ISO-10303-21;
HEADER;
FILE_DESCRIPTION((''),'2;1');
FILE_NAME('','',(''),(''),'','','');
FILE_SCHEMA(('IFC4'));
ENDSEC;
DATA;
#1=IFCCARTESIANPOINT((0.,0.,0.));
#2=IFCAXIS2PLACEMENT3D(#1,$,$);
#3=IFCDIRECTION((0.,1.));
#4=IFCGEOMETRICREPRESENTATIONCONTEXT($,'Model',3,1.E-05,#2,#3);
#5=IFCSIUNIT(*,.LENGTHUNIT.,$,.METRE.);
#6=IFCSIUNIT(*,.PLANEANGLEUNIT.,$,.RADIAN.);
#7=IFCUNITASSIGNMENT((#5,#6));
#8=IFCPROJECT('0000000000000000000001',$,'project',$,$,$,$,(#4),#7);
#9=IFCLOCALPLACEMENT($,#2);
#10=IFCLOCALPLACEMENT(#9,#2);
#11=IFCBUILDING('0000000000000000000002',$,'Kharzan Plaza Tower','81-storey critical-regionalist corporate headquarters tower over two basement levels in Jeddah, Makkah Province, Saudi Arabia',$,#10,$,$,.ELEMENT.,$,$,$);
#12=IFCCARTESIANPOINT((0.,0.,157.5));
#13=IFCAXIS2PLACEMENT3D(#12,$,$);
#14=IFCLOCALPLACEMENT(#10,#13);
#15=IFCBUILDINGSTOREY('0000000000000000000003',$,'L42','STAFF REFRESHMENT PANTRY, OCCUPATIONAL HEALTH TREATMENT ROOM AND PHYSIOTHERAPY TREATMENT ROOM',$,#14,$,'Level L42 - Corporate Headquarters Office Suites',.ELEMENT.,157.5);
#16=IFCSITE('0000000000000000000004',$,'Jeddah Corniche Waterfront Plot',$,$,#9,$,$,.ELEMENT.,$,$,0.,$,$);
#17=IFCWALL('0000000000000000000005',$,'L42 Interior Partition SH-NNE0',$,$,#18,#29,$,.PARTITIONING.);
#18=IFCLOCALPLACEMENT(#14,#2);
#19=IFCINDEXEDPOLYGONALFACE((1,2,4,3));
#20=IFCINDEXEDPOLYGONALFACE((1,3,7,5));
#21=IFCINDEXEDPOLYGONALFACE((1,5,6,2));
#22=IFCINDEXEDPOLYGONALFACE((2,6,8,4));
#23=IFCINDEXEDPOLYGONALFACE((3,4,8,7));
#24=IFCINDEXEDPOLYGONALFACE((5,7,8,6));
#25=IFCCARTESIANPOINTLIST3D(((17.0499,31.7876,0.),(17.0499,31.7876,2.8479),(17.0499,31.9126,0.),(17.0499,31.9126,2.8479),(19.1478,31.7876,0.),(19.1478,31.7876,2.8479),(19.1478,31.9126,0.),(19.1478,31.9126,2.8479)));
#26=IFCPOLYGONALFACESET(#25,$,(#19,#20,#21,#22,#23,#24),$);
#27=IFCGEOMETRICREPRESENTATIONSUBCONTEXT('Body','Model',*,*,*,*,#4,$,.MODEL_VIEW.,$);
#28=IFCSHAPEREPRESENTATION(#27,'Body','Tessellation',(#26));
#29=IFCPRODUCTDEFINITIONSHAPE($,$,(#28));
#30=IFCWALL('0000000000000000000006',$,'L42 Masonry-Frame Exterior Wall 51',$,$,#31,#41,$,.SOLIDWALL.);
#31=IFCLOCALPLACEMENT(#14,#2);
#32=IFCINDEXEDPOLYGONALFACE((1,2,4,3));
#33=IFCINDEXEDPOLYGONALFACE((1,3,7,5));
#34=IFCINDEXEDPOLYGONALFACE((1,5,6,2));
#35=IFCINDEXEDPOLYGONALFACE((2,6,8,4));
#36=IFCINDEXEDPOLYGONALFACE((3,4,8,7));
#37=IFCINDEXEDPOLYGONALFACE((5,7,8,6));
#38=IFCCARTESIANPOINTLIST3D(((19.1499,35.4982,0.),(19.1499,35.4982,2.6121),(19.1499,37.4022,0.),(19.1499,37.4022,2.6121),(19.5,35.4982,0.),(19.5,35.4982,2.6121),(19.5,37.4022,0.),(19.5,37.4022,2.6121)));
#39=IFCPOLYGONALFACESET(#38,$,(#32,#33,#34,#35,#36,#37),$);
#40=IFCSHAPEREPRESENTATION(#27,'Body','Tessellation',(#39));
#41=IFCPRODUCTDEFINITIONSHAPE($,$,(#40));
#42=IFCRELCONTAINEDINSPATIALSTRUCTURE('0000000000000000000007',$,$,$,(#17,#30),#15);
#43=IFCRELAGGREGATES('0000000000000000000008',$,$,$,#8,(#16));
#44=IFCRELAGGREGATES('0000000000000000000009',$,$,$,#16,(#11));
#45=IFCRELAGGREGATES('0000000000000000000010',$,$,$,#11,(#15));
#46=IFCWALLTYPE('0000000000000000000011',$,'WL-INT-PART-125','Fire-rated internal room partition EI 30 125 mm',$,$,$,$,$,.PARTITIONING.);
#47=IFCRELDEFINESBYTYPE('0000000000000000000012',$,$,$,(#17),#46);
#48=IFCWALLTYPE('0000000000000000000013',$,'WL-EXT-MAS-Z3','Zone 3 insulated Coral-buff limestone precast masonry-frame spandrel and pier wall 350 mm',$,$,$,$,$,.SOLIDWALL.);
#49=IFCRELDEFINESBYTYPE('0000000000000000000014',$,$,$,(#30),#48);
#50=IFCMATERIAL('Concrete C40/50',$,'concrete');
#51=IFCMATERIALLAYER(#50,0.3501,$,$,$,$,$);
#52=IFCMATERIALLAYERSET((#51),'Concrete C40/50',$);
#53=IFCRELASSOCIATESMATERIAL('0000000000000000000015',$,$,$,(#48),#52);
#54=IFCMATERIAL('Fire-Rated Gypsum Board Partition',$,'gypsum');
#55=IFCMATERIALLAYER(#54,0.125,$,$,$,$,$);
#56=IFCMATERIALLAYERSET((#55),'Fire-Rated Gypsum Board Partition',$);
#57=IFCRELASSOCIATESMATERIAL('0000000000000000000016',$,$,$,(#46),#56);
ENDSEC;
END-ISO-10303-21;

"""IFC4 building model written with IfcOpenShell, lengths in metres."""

from ifc_helpers import new_model, si_unit, direction, frame, frame_2d, origin, place, context, subcontext, project, spatial, rectangle, extrude, source, transform, mapped, material, layer, layer_set, type_object, element, save


model = new_model("IFC4")

# Units and contexts
model_context = context("Model", 3, precision=1e-05, world=origin(), true_north=direction((0.0, 1.0)))
body_context = subcontext(model_context, "Body", "Model", "MODEL_VIEW")
ifc_project = project(units=[si_unit("LENGTHUNIT", "METRE"), si_unit("PLANEANGLEUNIT", "RADIAN")], contexts=[model_context])

# Site, building, storey
site_placement = place(None, origin())
site = spatial("IfcSite", under=ifc_project, at=site_placement, Name="Jeddah Corniche Waterfront Plot", CompositionType="ELEMENT", RefElevation=0.0)
building_placement = place(site_placement, origin())
building = spatial("IfcBuilding", under=site, at=building_placement, Name="Kharzan Plaza Tower", Description="81-storey critical-regionalist corporate headquarters tower over two basement levels in Jeddah, Makkah Province, Saudi Arabia", CompositionType="ELEMENT")
storey_placement = place(building_placement, frame((0.0, 0.0, 157.5)))
storey = spatial("IfcBuildingStorey", under=building, at=storey_placement, Name="L42", Description="STAFF REFRESHMENT PANTRY, OCCUPATIONAL HEALTH TREATMENT ROOM AND PHYSIOTHERAPY TREATMENT ROOM", LongName="Level L42 - Corporate Headquarters Office Suites", CompositionType="ELEMENT", Elevation=157.5)

# Shared definitions
ifc_material_1 = material(Name="Concrete C40/50", Category="concrete")
ifc_layer_1 = layer(ifc_material_1, 0.3501)
ifc_layer_set_1 = layer_set([ifc_layer_1], Name="Concrete C40/50")
wall_type_1 = type_object("IfcWallType", Name="WL-EXT-MAS-Z3", Description="Zone 3 insulated Coral-buff limestone precast masonry-frame spandrel and pier wall 350 mm", PredefinedType="SOLIDWALL", material=ifc_layer_set_1)

# Shared definitions
ifc_material_2 = material(Name="Fire-Rated Gypsum Board Partition", Category="gypsum")
ifc_layer_2 = layer(ifc_material_2, 0.125)
ifc_layer_set_2 = layer_set([ifc_layer_2], Name="Fire-Rated Gypsum Board Partition")
wall_type_2 = type_object("IfcWallType", Name="WL-INT-PART-125", Description="Fire-rated internal room partition EI 30 125 mm", PredefinedType="PARTITIONING", material=ifc_layer_set_2)

# Walls
shared_shape_1 = source(origin(), body_context, "Body", "SweptSolid", [
    extrude(rectangle(XDim=2.0979, YDim=0.125, at=frame_2d((1.0488, 0.0))), origin(), (0.0, 0.0, 1.0), 2.8479),
])
wall_1_placement = place(storey_placement, frame((17.05, 31.8501, 0.0), z_axis=(0.0, 0.0, 1.0), x_axis=(1.0, 0.0, 0.0)))
element("IfcWall", 1, at=wall_1_placement, inside=storey, type_object=wall_type_2, Name="L42 Interior Partition SH-NNE0", PredefinedType="PARTITIONING", context=body_context, shape_type="MappedRepresentation", body=[
    mapped(shared_shape_1, transform((0.0, 0.0, 0.0), x_axis=(1.0, 0.0, 0.0), y_axis=(0.0, 1.0, 0.0), z_axis=(0.0, 0.0, 1.0))),
])
shared_shape_2 = source(origin(), body_context, "Body", "SweptSolid", [
    extrude(rectangle(XDim=1.9041, YDim=0.3501, at=frame_2d((0.9521, 0.0))), origin(), (0.0, 0.0, 1.0), 2.6121),
])
wall_2_placement = place(storey_placement, frame((19.325, 35.498, 0.0), z_axis=(0.0, 0.0, 1.0), x_axis=(0.0, 1.0, 0.0)))
element("IfcWall", 2, at=wall_2_placement, inside=storey, type_object=wall_type_1, Name="L42 Masonry-Frame Exterior Wall 51", PredefinedType="SOLIDWALL", context=body_context, shape_type="MappedRepresentation", body=[
    mapped(shared_shape_2, transform((0.0, 0.0, 0.0), x_axis=(1.0, 0.0, 0.0), y_axis=(0.0, 1.0, 0.0), z_axis=(0.0, 0.0, 1.0))),
])

save(model, "model.ifc")
